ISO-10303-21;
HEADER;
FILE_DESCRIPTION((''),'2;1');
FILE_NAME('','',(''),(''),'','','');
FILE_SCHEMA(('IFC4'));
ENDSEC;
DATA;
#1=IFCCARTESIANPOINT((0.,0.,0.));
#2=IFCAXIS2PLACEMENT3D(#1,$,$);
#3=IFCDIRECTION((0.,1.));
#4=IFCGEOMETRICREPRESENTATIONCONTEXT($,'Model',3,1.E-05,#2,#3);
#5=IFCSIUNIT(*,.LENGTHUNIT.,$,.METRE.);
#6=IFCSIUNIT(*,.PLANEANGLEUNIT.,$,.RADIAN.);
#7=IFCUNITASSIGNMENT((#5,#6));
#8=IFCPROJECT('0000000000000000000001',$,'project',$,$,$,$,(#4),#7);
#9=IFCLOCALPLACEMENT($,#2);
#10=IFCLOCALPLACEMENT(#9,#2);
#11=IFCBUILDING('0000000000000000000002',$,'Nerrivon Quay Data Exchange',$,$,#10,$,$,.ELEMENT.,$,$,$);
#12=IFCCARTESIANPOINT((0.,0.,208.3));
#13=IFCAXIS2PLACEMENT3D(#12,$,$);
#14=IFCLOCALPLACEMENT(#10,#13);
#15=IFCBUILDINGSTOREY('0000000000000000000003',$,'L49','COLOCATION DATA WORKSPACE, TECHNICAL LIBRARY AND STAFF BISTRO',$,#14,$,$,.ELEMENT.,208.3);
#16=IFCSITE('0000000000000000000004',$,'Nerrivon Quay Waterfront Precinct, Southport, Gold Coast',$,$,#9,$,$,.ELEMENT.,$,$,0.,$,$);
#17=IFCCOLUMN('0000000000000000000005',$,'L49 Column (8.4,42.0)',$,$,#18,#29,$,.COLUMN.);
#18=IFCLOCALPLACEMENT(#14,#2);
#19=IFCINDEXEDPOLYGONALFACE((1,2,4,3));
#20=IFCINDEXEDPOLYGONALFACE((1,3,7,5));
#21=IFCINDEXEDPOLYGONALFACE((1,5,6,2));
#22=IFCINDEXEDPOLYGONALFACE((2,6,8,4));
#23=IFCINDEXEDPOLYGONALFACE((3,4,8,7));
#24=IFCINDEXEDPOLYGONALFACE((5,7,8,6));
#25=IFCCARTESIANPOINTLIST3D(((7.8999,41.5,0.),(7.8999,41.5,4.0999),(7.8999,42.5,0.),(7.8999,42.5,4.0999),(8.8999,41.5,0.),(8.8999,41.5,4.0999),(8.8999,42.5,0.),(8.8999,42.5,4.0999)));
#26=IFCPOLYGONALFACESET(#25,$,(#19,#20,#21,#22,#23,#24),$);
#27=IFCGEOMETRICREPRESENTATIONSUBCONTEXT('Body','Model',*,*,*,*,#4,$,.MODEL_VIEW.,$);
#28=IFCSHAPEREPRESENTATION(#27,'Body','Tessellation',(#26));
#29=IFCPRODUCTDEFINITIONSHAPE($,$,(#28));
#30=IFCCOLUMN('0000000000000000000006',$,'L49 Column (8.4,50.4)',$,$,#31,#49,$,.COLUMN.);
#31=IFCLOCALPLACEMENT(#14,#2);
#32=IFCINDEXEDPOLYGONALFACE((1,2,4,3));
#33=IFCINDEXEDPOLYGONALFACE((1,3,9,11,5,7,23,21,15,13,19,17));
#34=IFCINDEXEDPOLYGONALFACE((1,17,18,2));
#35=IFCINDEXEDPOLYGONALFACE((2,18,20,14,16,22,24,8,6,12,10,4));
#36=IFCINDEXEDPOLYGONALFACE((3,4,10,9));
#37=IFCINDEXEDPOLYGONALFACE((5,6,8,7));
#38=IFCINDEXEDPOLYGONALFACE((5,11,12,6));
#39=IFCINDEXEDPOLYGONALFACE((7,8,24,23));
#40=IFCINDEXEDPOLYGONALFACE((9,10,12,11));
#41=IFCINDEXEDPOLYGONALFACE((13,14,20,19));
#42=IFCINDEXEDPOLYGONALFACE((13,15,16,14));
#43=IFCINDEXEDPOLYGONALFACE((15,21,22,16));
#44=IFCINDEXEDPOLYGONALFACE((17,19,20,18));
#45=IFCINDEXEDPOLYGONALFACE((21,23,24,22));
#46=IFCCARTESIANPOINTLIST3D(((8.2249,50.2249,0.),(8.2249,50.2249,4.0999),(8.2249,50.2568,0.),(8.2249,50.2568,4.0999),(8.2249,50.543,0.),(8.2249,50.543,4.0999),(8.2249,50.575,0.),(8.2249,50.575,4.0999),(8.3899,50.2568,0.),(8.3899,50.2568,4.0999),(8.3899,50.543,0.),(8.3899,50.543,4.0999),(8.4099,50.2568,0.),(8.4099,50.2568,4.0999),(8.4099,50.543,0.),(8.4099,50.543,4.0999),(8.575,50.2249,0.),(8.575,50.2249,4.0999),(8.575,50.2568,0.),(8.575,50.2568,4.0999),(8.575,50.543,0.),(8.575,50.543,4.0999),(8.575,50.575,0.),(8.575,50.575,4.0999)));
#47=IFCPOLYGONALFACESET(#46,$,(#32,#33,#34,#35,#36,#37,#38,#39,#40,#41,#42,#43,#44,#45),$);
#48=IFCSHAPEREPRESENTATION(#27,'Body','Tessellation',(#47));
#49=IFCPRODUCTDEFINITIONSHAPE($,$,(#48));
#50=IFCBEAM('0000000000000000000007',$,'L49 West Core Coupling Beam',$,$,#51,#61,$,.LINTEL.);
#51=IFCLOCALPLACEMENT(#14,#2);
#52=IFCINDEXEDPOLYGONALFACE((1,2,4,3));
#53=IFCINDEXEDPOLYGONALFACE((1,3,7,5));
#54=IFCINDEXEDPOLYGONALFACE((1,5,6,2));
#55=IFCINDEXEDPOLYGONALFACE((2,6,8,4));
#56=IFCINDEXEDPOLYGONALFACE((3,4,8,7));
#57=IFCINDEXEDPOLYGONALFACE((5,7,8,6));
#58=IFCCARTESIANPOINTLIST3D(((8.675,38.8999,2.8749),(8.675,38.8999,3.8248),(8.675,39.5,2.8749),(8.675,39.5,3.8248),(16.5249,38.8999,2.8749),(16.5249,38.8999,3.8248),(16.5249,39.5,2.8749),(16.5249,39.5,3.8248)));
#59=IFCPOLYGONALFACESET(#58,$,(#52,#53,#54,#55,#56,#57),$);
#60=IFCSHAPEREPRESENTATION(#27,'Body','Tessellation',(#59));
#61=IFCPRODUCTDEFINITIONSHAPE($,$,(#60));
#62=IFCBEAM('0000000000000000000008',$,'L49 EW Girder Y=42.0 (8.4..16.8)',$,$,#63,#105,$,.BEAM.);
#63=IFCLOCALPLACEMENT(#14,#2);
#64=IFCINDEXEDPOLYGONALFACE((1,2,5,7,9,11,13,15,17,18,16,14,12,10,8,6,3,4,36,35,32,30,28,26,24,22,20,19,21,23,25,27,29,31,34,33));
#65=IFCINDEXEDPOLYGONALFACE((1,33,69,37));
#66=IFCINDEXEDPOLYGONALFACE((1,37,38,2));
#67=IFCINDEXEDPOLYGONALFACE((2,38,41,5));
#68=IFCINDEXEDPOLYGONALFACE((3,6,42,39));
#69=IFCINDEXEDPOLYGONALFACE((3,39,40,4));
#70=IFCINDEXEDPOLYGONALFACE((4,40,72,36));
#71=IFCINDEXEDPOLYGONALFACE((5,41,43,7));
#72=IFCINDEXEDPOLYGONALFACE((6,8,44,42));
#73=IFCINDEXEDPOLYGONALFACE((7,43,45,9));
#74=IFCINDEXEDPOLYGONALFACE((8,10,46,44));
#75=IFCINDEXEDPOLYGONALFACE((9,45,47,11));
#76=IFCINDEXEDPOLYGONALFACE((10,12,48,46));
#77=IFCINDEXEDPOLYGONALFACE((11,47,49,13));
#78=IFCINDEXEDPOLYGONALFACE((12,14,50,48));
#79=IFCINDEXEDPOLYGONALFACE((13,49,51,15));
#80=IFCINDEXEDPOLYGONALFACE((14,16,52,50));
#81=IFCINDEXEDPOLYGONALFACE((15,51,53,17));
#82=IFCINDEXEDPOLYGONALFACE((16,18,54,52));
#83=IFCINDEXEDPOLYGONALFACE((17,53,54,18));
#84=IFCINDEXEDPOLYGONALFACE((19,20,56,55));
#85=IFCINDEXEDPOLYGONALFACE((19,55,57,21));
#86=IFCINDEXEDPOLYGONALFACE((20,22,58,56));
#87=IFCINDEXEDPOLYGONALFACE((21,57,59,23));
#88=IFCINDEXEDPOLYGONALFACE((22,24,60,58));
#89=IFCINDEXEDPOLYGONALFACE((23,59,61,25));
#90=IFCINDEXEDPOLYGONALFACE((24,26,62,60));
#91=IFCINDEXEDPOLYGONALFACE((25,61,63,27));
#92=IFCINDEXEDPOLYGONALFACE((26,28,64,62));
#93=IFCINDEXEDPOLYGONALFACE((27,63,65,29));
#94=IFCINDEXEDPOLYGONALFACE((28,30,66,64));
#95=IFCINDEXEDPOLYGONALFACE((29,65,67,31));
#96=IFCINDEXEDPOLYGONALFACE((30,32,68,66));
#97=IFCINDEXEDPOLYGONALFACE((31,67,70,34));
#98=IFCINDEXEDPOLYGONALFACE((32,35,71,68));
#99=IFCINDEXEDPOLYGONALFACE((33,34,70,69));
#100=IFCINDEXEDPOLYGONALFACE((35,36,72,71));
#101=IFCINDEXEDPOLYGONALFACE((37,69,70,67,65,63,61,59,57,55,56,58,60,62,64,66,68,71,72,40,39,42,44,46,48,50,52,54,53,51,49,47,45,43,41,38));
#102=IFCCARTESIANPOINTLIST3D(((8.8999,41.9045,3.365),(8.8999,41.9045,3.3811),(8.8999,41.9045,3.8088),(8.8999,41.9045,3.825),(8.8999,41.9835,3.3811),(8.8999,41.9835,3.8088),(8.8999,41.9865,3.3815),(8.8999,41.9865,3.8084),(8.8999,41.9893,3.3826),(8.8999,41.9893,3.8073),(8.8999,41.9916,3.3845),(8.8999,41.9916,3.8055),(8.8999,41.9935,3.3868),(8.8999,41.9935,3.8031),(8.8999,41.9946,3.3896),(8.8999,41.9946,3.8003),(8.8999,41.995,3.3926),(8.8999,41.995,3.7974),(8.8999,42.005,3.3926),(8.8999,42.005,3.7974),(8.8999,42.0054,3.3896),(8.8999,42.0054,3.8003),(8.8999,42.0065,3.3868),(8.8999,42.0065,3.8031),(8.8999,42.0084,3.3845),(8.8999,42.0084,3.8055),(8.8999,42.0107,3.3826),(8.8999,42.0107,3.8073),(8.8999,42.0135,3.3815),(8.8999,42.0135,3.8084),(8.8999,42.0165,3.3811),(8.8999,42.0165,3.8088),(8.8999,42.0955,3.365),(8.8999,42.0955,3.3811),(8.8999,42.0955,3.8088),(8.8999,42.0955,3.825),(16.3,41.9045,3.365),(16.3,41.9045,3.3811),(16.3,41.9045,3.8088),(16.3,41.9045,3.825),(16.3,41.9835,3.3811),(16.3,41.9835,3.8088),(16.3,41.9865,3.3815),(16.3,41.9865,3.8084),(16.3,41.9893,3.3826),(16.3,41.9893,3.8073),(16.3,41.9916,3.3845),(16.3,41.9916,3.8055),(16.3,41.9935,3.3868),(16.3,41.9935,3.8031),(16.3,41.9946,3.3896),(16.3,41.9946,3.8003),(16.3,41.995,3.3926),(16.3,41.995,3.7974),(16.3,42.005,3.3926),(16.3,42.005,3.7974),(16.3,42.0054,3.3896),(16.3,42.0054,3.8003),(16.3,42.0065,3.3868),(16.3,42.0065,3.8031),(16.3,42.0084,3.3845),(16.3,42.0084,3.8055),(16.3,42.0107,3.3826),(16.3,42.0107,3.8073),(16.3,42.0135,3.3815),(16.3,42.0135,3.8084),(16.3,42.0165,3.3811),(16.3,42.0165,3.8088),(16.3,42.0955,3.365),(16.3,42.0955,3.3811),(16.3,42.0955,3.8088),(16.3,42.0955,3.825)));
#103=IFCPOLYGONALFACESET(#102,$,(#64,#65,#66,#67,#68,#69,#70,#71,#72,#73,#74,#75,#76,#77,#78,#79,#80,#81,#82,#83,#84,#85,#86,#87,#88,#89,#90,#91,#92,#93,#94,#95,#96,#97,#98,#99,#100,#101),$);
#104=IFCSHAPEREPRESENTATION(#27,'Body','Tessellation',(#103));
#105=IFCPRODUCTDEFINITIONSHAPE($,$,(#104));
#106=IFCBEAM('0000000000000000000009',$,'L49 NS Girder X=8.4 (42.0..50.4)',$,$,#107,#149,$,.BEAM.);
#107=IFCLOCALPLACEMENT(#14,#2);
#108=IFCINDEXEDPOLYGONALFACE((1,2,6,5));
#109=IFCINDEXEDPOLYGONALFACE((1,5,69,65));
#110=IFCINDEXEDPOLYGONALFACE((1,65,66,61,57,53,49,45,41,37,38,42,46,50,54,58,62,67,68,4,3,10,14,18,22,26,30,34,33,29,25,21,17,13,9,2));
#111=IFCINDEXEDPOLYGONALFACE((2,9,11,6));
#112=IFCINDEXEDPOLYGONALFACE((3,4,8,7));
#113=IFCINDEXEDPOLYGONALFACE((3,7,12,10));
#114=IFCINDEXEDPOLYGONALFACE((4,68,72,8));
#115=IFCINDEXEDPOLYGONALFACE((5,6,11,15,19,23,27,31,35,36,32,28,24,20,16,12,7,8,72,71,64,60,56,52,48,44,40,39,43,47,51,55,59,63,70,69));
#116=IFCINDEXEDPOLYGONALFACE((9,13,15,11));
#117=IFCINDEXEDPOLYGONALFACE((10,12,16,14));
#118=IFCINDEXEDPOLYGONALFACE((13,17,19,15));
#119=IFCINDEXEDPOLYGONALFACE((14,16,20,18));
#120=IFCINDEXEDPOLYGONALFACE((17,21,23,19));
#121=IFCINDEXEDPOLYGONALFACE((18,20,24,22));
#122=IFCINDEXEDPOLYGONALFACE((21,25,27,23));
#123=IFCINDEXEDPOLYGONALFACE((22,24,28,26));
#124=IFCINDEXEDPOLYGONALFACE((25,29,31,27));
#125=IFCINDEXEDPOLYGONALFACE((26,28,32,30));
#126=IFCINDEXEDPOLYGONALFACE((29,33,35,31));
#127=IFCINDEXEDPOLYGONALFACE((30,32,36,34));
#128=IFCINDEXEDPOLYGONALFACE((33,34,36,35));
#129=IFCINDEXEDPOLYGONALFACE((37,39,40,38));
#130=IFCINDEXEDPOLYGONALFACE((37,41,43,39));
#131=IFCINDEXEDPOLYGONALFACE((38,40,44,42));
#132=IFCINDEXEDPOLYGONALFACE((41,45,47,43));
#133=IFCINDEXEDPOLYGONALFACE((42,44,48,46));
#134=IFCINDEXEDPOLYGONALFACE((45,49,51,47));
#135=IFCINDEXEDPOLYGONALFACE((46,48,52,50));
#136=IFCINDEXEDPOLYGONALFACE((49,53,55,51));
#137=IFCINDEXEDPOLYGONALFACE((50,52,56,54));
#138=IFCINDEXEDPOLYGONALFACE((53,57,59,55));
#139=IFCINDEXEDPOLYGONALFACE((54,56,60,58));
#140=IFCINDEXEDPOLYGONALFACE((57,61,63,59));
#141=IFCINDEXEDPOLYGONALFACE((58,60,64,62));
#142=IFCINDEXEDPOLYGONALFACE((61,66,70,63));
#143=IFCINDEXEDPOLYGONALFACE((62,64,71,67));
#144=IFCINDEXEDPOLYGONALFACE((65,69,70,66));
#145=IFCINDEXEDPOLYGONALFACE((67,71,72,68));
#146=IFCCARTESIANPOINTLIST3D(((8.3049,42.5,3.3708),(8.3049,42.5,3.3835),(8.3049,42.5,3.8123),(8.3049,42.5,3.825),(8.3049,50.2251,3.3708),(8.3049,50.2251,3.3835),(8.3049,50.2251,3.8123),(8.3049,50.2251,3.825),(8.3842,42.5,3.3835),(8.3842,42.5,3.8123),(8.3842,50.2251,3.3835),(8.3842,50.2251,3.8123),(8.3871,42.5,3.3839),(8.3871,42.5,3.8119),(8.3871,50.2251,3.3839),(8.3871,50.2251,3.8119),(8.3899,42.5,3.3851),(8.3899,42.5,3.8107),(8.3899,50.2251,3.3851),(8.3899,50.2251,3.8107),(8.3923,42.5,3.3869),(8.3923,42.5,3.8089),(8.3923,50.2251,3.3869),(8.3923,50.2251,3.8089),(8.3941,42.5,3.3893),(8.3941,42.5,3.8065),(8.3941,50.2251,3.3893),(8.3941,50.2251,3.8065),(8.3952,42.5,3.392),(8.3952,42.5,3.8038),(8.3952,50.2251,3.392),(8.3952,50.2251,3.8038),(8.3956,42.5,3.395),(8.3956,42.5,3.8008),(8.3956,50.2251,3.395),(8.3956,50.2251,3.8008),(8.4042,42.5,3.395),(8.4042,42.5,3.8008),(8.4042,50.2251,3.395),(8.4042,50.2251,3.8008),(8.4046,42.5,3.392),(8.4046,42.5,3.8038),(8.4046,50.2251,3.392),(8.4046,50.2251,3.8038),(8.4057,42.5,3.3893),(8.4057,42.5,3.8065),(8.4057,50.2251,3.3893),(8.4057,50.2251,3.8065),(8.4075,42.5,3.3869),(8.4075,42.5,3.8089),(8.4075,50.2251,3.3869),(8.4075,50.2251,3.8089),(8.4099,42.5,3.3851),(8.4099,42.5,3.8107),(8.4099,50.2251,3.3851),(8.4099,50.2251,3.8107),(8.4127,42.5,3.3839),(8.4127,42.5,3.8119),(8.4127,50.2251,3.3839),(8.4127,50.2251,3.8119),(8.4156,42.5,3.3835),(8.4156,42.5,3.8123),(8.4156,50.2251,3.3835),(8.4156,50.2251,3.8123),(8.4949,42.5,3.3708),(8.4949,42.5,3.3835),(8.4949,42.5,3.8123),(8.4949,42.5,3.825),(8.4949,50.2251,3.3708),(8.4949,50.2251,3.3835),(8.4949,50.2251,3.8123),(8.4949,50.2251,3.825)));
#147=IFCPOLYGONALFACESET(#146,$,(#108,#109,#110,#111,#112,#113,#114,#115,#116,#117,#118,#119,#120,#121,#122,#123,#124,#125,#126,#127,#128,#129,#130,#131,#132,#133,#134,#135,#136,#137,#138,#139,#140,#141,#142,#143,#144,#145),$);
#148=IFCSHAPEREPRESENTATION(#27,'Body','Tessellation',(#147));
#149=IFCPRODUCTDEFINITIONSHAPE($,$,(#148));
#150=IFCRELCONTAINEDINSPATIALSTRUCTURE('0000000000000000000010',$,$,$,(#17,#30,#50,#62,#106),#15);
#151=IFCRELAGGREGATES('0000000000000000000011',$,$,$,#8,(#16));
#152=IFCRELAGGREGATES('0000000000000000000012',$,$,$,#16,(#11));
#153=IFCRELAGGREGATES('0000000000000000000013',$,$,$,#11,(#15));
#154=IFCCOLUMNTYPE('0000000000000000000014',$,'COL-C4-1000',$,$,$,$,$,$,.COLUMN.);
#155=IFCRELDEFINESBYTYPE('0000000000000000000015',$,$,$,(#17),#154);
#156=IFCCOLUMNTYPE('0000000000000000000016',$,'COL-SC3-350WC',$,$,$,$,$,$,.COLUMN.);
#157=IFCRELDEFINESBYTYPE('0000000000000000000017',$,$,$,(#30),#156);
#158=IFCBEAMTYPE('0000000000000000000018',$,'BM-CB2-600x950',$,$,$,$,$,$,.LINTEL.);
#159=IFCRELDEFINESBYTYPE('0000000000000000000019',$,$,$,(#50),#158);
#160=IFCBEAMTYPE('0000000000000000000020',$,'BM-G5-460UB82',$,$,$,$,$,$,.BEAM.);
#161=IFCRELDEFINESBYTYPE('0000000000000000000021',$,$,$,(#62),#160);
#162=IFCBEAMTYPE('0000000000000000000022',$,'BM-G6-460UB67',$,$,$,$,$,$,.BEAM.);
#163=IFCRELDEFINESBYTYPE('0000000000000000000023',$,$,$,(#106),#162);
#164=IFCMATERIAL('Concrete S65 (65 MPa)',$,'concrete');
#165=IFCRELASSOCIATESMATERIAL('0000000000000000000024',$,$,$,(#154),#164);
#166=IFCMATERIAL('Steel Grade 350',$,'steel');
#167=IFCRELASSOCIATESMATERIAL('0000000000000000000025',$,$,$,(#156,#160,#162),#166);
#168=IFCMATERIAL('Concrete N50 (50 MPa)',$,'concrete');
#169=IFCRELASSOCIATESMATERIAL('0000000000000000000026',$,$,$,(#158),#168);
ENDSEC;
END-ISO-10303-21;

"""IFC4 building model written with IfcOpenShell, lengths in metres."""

from ifc_helpers import new_model, si_unit, direction, frame, origin, origin_2d, place, context, subcontext, project, spatial, rectangle, i_section, extrude, material, material_profile, profile_set, type_object, element, save


model = new_model("IFC4")

# Units and contexts
model_context = context("Model", 3, precision=1e-05, world=origin(), true_north=direction((0.0, 1.0)))
body_context = subcontext(model_context, "Body", "Model", "MODEL_VIEW")
ifc_project = project(units=[si_unit("LENGTHUNIT", "METRE"), si_unit("PLANEANGLEUNIT", "RADIAN")], contexts=[model_context])

# Site, building, storey
site_placement = place(None, origin())
site = spatial("IfcSite", under=ifc_project, at=site_placement, Name="Nerrivon Quay Waterfront Precinct, Southport, Gold Coast", CompositionType="ELEMENT", RefElevation=0.0)
building_placement = place(site_placement, origin())
building = spatial("IfcBuilding", under=site, at=building_placement, Name="Nerrivon Quay Data Exchange", CompositionType="ELEMENT")
storey_placement = place(building_placement, frame((0.0, 0.0, 208.3)))
storey = spatial("IfcBuildingStorey", under=building, at=storey_placement, Name="L49", Description="COLOCATION DATA WORKSPACE, TECHNICAL LIBRARY AND STAFF BISTRO", CompositionType="ELEMENT", Elevation=208.3)

# Columns
ifc_material_1 = material(Name="Concrete S65 (65 MPa)", Category="concrete")
ifc_material_profile_1 = material_profile(ifc_material_1, rectangle(XDim=1.0, YDim=1.0, at=origin_2d()), Name="RC-COL-1000x1000")
ifc_profile_set_1 = profile_set([ifc_material_profile_1], Name="Concrete S65 (65 MPa)")
column_type_1 = type_object("IfcColumnType", Name="COL-C4-1000", PredefinedType="COLUMN", material=ifc_profile_set_1)
column_1_placement = place(storey_placement, frame((8.3999, 42.0, 0.0), z_axis=(0.0, 0.0, 1.0), x_axis=(1.0, 0.0, 0.0)))
element("IfcColumn", 1, at=column_1_placement, inside=storey, type_object=column_type_1, Name="L49 Column (8.4,42.0)", PredefinedType="COLUMN", context=body_context, shape_type="SweptSolid", body=[
    extrude(rectangle(XDim=1.0, YDim=1.0, at=origin_2d()), origin(), (0.0, 0.0, 1.0), 4.0999),
])
ifc_material_2 = material(Name="Steel Grade 350", Category="steel")
ifc_material_profile_2 = material_profile(ifc_material_2, i_section(OverallWidth=0.3501, OverallDepth=0.3501, WebThickness=0.02, FlangeThickness=0.032, at=origin_2d()), Name="350WC230")
ifc_profile_set_2 = profile_set([ifc_material_profile_2], Name="Steel Grade 350")
column_type_2 = type_object("IfcColumnType", Name="COL-SC3-350WC", PredefinedType="COLUMN", material=ifc_profile_set_2)
column_2_placement = place(storey_placement, frame((8.3999, 50.3999, 0.0), z_axis=(0.0, 0.0, 1.0), x_axis=(1.0, 0.0, 0.0)))
element("IfcColumn", 2, at=column_2_placement, inside=storey, type_object=column_type_2, Name="L49 Column (8.4,50.4)", PredefinedType="COLUMN", context=body_context, shape_type="SweptSolid", body=[
    extrude(i_section(OverallWidth=0.3501, OverallDepth=0.3501, WebThickness=0.02, FlangeThickness=0.032, at=origin_2d()), origin(), (0.0, 0.0, 1.0), 4.0999),
])

# Beams
ifc_material_3 = material(Name="Concrete N50 (50 MPa)", Category="concrete")
ifc_material_profile_3 = material_profile(ifc_material_3, rectangle(XDim=0.6001, YDim=0.95, at=origin_2d()), Name="RC-CB-600x950")
ifc_profile_set_3 = profile_set([ifc_material_profile_3], Name="Concrete N50 (50 MPa)")
beam_type_1 = type_object("IfcBeamType", Name="BM-CB2-600x950", PredefinedType="LINTEL", material=ifc_profile_set_3)
beam_1_placement = place(storey_placement, frame((8.675, 39.2, 3.3499), z_axis=(1.0, 0.0, 0.0), x_axis=(0.0, 1.0, 0.0)))
element("IfcBeam", 3, at=beam_1_placement, inside=storey, type_object=beam_type_1, Name="L49 West Core Coupling Beam", PredefinedType="LINTEL", context=body_context, shape_type="SweptSolid", body=[
    extrude(rectangle(XDim=0.6001, YDim=0.95, at=origin_2d()), origin(), (0.0, 0.0, 1.0), 7.8499),
])
ifc_material_profile_4 = material_profile(ifc_material_2, i_section(OverallWidth=0.1909, OverallDepth=0.46, WebThickness=0.01, FlangeThickness=0.0161, FilletRadius=0.0115, at=origin_2d()), Name="460UB82.1")
ifc_profile_set_4 = profile_set([ifc_material_profile_4], Name="Steel Grade 350")
beam_type_2 = type_object("IfcBeamType", Name="BM-G5-460UB82", PredefinedType="BEAM", material=ifc_profile_set_4)
beam_2_placement = place(storey_placement, frame((8.8999, 42.0, 3.595), z_axis=(1.0, 0.0, 0.0), x_axis=(0.0, 1.0, 0.0)))
element("IfcBeam", 4, at=beam_2_placement, inside=storey, type_object=beam_type_2, Name="L49 EW Girder Y=42.0 (8.4..16.8)", PredefinedType="BEAM", context=body_context, shape_type="SweptSolid", body=[
    extrude(i_section(OverallWidth=0.1909, OverallDepth=0.46, WebThickness=0.01, FlangeThickness=0.0161, FilletRadius=0.0115, at=origin_2d()), origin(), (0.0, 0.0, 1.0), 7.4001),
])
ifc_material_profile_5 = material_profile(ifc_material_2, i_section(OverallWidth=0.1899, OverallDepth=0.4541, WebThickness=0.0085, FlangeThickness=0.0127, FilletRadius=0.0115, at=origin_2d()), Name="460UB67.1")
ifc_profile_set_5 = profile_set([ifc_material_profile_5], Name="Steel Grade 350")
beam_type_3 = type_object("IfcBeamType", Name="BM-G6-460UB67", PredefinedType="BEAM", material=ifc_profile_set_5)
beam_3_placement = place(storey_placement, frame((8.3999, 42.5, 3.5979), z_axis=(0.0, 1.0, 0.0), x_axis=(-1.0, 0.0, 0.0)))
element("IfcBeam", 5, at=beam_3_placement, inside=storey, type_object=beam_type_3, Name="L49 NS Girder X=8.4 (42.0..50.4)", PredefinedType="BEAM", context=body_context, shape_type="SweptSolid", body=[
    extrude(i_section(OverallWidth=0.1899, OverallDepth=0.4541, WebThickness=0.0085, FlangeThickness=0.0127, FilletRadius=0.0115, at=origin_2d()), origin(), (0.0, 0.0, 1.0), 7.7251),
])

save(model, "model.ifc")
